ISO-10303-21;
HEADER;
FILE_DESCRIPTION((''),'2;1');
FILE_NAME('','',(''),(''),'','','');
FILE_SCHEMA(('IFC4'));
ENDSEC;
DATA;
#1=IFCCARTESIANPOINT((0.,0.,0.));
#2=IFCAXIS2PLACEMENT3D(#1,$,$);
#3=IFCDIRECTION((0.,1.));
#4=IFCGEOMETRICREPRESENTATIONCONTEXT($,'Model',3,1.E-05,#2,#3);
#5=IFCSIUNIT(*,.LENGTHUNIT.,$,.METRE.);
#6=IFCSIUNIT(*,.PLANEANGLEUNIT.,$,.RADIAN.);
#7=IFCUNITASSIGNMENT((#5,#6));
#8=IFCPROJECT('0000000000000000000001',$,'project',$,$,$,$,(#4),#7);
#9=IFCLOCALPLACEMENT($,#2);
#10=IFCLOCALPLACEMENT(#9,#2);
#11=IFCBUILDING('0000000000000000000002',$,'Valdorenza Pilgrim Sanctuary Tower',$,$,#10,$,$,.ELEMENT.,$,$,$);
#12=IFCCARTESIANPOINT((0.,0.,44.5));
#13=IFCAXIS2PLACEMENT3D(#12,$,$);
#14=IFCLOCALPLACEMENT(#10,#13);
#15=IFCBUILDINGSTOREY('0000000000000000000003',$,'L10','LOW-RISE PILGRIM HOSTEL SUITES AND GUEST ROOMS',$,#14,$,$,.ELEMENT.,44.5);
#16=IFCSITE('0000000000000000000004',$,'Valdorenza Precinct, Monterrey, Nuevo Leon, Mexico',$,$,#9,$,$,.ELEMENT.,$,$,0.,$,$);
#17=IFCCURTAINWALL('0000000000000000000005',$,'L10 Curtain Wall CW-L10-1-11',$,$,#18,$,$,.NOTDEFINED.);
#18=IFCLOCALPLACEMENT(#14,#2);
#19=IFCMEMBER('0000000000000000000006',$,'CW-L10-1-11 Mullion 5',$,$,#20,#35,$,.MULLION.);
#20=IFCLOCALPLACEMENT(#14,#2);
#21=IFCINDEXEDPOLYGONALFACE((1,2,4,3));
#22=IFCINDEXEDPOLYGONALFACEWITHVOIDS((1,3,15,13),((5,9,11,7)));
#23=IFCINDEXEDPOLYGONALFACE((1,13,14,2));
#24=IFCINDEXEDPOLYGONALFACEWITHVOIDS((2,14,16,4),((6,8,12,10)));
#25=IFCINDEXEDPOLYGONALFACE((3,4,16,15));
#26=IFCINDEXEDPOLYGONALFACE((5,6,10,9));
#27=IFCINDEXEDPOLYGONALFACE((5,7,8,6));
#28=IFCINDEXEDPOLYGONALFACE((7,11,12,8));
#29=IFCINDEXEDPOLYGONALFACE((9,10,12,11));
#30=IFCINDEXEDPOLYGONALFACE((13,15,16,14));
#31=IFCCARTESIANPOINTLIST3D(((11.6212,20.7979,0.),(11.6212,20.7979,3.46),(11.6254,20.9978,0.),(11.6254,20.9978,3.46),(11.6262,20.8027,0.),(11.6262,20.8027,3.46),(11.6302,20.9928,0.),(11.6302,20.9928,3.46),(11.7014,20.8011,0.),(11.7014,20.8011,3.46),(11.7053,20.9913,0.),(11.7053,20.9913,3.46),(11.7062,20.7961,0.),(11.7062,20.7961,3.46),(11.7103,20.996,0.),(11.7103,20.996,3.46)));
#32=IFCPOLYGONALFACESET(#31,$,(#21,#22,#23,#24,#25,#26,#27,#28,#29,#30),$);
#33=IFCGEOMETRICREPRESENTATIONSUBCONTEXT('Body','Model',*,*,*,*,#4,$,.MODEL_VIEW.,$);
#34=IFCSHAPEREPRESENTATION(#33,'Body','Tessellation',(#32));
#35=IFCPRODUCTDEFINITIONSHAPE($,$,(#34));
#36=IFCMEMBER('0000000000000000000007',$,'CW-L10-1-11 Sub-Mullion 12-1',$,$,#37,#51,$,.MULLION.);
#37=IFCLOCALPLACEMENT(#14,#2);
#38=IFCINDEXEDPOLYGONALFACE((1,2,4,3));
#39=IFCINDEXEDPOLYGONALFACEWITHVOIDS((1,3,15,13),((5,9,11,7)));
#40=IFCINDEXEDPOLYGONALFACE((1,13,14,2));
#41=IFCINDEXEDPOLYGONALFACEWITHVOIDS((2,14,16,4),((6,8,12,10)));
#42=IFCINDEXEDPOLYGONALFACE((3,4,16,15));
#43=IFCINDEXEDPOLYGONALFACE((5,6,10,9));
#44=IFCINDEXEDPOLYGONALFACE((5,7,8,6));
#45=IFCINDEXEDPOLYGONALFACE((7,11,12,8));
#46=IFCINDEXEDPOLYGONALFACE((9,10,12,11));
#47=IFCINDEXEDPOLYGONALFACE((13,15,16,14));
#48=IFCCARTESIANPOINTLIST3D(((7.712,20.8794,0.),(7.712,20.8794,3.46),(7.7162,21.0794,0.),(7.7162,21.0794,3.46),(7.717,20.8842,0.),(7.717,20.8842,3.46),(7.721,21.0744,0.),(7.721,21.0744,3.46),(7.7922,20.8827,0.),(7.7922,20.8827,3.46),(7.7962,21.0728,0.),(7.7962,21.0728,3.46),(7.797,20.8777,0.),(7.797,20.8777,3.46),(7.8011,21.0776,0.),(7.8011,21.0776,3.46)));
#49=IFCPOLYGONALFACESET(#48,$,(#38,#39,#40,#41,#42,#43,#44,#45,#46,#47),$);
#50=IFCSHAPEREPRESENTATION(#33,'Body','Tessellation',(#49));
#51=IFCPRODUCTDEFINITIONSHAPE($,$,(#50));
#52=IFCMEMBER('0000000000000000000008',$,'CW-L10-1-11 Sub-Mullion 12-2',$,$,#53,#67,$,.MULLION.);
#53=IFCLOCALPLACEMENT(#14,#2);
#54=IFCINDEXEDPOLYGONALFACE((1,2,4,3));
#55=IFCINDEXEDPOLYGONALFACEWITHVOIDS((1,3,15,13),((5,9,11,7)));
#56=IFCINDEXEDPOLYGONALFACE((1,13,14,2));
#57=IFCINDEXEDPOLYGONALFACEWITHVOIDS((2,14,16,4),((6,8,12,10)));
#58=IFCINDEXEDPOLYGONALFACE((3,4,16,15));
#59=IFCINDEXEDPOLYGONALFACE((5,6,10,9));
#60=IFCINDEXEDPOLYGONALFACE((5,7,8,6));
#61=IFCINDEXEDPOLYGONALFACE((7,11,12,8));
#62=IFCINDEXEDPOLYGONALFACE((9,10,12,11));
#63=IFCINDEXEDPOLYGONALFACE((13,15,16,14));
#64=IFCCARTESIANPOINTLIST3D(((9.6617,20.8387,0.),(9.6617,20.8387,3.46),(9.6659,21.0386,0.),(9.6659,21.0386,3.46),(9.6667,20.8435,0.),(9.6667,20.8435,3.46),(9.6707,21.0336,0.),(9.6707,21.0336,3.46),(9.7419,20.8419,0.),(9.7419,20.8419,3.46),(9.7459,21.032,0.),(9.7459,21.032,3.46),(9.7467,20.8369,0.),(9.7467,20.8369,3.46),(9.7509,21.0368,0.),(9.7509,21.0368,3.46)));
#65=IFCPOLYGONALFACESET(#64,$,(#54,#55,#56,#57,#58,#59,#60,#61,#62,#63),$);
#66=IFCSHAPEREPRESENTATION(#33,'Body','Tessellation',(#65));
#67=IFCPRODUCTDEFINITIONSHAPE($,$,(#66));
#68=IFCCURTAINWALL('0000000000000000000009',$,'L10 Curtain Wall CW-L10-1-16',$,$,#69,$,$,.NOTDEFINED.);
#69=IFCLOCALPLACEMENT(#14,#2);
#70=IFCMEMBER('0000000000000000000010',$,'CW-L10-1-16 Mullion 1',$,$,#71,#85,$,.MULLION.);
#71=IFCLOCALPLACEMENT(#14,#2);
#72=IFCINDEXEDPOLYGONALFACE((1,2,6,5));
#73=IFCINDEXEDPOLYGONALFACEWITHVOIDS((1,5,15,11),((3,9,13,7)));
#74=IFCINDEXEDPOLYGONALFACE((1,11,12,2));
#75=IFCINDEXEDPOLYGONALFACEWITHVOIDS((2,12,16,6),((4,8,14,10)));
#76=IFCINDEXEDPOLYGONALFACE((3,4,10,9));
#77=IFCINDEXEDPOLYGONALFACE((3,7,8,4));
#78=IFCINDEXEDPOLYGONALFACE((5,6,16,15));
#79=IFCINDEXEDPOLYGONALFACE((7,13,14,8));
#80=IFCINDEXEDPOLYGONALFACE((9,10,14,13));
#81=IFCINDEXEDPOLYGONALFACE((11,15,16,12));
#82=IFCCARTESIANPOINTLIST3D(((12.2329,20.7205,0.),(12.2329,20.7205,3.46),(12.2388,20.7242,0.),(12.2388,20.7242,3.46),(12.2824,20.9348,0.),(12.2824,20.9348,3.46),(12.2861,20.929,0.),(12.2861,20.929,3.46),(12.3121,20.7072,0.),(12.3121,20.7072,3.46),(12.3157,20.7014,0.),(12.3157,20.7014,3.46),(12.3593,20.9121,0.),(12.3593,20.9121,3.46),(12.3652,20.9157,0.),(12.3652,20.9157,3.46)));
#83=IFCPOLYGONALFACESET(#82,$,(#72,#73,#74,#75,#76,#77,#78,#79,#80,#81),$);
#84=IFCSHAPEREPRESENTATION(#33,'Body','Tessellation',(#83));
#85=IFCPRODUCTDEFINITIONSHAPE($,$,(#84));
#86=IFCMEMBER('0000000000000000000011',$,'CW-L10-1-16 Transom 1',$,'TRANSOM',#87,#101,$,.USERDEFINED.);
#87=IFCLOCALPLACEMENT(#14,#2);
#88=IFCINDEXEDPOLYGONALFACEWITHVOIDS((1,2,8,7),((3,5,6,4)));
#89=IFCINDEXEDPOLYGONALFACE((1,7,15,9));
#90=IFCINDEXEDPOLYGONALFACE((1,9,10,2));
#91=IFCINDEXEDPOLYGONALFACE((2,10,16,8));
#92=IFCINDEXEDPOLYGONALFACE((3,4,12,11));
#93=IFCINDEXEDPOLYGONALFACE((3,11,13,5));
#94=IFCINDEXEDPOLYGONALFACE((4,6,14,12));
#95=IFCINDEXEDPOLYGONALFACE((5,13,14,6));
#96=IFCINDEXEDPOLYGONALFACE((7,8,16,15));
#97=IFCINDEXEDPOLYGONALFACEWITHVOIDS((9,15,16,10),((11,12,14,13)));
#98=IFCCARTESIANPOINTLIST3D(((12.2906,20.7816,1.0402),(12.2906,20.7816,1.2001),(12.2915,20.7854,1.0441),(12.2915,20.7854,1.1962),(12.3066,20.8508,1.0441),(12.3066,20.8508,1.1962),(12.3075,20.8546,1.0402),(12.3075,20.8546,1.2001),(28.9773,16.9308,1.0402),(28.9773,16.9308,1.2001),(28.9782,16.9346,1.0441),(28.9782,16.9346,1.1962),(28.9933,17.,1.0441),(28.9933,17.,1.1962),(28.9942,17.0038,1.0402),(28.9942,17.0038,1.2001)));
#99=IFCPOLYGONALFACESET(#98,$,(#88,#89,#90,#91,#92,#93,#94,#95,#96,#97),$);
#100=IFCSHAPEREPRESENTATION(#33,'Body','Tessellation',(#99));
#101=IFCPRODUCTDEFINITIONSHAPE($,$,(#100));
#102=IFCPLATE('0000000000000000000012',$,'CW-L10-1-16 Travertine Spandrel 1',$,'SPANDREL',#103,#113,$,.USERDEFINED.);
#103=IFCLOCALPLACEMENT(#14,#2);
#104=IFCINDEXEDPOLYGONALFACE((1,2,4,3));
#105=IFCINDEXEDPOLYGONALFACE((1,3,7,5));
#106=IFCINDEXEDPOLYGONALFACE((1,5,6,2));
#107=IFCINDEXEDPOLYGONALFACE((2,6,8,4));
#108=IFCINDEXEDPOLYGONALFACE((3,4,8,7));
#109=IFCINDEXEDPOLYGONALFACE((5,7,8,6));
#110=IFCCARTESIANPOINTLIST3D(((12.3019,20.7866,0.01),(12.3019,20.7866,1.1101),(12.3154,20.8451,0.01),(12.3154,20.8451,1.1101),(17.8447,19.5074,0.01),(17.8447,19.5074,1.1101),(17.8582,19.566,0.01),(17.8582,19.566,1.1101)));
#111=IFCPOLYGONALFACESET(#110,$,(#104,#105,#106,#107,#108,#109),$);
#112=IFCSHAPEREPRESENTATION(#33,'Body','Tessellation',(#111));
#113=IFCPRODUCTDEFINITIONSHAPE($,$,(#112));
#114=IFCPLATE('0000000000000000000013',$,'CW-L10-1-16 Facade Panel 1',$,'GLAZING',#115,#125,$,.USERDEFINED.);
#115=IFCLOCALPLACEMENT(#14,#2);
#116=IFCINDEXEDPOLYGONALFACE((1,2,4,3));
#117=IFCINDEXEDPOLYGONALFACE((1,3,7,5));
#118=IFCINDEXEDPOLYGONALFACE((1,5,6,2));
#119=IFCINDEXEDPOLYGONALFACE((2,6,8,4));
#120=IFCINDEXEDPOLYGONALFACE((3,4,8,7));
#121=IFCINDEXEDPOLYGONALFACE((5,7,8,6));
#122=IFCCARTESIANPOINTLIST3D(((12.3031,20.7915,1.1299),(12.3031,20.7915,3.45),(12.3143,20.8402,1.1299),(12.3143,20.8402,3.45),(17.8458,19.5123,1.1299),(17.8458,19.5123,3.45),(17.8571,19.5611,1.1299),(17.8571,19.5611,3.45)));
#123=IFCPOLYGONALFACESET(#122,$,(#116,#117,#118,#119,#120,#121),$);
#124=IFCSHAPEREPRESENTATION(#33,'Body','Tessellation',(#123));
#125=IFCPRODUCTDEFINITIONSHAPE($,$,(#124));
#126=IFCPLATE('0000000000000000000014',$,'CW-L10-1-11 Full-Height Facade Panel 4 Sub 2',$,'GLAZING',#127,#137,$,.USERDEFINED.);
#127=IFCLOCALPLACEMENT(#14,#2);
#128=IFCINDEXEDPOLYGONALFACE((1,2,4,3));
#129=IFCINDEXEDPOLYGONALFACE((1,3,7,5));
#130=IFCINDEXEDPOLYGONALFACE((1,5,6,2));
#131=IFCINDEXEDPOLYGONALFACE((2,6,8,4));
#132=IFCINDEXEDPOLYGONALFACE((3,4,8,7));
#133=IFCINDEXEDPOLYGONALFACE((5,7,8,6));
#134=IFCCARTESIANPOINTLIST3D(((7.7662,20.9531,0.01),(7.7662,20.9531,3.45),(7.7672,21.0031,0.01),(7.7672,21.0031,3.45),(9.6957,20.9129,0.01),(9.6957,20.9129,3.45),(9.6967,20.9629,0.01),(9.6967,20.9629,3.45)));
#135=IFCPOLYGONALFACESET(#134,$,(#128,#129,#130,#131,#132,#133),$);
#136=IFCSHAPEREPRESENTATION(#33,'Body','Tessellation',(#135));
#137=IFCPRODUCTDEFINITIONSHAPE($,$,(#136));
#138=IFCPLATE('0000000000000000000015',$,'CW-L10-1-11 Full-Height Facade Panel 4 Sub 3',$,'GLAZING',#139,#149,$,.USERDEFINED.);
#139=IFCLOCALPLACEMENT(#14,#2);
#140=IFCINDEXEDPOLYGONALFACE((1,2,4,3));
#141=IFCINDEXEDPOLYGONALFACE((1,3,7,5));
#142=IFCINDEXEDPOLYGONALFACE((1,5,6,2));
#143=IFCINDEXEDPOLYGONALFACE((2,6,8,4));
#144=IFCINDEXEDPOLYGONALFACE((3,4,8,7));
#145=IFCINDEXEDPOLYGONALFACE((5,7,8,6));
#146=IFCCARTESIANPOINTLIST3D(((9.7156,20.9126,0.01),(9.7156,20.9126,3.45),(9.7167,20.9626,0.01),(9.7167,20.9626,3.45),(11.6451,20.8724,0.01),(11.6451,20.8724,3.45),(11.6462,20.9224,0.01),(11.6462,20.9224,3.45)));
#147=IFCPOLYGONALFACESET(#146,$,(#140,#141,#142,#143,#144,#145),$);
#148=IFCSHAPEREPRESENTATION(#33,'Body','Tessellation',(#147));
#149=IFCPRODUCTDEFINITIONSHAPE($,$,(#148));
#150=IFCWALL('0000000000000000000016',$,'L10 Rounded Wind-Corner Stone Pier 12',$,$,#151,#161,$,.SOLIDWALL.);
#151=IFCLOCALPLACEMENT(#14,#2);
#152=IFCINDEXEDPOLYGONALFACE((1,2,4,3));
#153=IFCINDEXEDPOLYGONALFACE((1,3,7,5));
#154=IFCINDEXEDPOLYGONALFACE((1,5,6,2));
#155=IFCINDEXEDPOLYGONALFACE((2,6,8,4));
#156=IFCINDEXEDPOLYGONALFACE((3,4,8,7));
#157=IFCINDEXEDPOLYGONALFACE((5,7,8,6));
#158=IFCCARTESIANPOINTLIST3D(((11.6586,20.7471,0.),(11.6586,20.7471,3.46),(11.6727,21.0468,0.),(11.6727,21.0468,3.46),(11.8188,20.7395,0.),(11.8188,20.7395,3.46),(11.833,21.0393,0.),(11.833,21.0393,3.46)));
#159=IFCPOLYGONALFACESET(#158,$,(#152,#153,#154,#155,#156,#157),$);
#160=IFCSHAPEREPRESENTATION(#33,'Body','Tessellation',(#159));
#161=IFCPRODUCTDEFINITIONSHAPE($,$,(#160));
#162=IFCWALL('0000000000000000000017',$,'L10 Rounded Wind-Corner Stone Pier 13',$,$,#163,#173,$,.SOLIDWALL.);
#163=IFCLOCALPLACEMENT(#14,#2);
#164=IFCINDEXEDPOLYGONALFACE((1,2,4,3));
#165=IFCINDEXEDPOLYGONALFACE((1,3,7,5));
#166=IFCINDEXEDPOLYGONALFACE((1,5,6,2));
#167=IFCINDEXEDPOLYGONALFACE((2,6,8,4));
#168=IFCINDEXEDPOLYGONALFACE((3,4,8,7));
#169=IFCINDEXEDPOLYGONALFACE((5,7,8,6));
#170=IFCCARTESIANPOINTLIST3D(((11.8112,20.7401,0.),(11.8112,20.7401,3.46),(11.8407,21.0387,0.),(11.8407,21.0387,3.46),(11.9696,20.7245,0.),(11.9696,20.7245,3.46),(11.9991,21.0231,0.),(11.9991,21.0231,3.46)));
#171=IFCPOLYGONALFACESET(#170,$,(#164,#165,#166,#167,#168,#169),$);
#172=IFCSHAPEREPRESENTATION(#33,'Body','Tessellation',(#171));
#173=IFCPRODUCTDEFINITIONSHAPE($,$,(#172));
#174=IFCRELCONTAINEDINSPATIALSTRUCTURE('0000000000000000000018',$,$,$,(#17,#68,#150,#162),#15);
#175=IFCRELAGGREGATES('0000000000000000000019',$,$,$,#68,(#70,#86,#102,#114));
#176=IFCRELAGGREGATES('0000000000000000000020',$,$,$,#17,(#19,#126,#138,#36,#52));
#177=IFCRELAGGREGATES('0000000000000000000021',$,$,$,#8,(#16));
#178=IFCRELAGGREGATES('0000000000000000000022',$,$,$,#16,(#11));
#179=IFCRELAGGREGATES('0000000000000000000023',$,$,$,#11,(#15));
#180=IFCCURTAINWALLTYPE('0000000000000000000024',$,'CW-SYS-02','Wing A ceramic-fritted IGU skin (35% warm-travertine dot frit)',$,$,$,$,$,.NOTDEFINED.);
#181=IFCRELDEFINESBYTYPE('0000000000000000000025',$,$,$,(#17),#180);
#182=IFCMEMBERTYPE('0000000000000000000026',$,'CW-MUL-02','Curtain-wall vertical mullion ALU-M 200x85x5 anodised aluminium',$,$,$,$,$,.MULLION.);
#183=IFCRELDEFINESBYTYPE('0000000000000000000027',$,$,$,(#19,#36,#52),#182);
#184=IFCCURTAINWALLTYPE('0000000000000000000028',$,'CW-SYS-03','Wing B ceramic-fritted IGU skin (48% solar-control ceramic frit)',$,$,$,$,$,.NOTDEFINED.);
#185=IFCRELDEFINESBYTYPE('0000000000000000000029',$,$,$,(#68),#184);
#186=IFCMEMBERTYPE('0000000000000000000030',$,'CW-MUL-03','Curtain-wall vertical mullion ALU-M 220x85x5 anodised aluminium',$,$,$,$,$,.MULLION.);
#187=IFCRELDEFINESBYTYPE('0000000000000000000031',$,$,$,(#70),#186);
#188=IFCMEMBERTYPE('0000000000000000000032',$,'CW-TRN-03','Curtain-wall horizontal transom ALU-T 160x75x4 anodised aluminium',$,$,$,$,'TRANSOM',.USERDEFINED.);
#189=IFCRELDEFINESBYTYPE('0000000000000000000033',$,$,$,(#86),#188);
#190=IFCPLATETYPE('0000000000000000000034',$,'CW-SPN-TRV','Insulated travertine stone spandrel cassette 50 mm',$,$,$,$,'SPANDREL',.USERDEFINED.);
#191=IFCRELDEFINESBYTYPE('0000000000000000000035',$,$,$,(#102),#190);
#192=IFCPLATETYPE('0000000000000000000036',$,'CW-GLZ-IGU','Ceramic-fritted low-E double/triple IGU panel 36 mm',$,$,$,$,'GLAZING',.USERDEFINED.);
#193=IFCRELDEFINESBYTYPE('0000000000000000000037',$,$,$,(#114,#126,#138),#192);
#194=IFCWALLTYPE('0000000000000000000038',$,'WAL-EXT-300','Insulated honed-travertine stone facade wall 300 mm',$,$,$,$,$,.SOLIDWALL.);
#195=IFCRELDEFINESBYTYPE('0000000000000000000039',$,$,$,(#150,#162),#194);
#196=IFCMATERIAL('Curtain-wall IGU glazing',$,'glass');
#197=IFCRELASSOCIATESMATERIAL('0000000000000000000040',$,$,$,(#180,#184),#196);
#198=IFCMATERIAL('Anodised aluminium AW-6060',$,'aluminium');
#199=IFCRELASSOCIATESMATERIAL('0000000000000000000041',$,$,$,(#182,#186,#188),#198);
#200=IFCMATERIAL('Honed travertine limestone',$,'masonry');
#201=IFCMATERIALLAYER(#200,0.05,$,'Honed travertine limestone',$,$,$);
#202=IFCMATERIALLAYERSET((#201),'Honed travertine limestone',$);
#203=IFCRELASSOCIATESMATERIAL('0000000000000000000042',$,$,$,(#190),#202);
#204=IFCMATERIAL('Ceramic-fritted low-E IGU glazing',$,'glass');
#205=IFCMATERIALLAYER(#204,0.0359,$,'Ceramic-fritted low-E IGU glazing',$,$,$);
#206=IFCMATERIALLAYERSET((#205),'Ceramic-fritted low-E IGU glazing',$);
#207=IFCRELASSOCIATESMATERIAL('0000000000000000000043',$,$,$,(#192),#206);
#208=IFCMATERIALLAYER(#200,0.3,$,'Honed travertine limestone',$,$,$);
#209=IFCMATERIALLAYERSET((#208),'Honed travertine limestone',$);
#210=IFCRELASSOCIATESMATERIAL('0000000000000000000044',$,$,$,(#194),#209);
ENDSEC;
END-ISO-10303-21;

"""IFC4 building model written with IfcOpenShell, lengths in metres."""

from ifc_helpers import new_model, si_unit, direction, frame, frame_2d, origin, origin_2d, place, context, subcontext, project, spatial, rectangle, hollow_rectangle, extrude, source, transform, mapped, material, layer, layer_set, material_profile, profile_set, type_object, element, aggregate, save


model = new_model("IFC4")

# Units and contexts
model_context = context("Model", 3, precision=1e-05, world=origin(), true_north=direction((0.0, 1.0)))
body_context = subcontext(model_context, "Body", "Model", "MODEL_VIEW")
ifc_project = project(units=[si_unit("LENGTHUNIT", "METRE"), si_unit("PLANEANGLEUNIT", "RADIAN")], contexts=[model_context])

# Site, building, storey
site_placement = place(None, origin())
site = spatial("IfcSite", under=ifc_project, at=site_placement, Name="Valdorenza Precinct, Monterrey, Nuevo Leon, Mexico", CompositionType="ELEMENT", RefElevation=0.0)
building_placement = place(site_placement, origin())
building = spatial("IfcBuilding", under=site, at=building_placement, Name="Valdorenza Pilgrim Sanctuary Tower", CompositionType="ELEMENT")
storey_placement = place(building_placement, frame((0.0, 0.0, 44.5)))
storey = spatial("IfcBuildingStorey", under=building, at=storey_placement, Name="L10", Description="LOW-RISE PILGRIM HOSTEL SUITES AND GUEST ROOMS", CompositionType="ELEMENT", Elevation=44.5)

# Curtain wall, members
ifc_material_1 = material(Name="Curtain-wall IGU glazing", Category="glass")
curtain_wall_type_1 = type_object("IfcCurtainWallType", Name="CW-SYS-02", Description="Wing A ceramic-fritted IGU skin (35% warm-travertine dot frit)", PredefinedType="NOTDEFINED", material=ifc_material_1)
curtain_wall_1_placement = place(storey_placement, origin())
curtain_wall_1 = element("IfcCurtainWall", 1, at=curtain_wall_1_placement, inside=storey, type_object=curtain_wall_type_1, Name="L10 Curtain Wall CW-L10-1-11", PredefinedType="NOTDEFINED")
ifc_material_2 = material(Name="Anodised aluminium AW-6060", Category="aluminium")
ifc_material_profile_1 = material_profile(ifc_material_2, hollow_rectangle(XDim=0.085, YDim=0.2, WallThickness=0.0049, at=origin_2d()), Name="ALU-M 200x85x5")
ifc_profile_set_1 = profile_set([ifc_material_profile_1], Name="Anodised aluminium AW-6060")
member_type_1 = type_object("IfcMemberType", Name="CW-MUL-02", Description="Curtain-wall vertical mullion ALU-M 200x85x5 anodised aluminium", PredefinedType="MULLION", material=ifc_profile_set_1)
shared_shape_1 = source(origin(), body_context, "Body", "SweptSolid", [
    extrude(hollow_rectangle(XDim=0.085, YDim=0.2, WallThickness=0.0049, at=origin_2d()), origin(), (0.0, 0.0, 1.0), 3.46),
])
member_1_placement = place(storey_placement, frame((11.6658, 20.897, 0.0), z_axis=(0.0, 0.0, 1.0), x_axis=(0.999783, -0.02082, 0.0)))
member_1 = element("IfcMember", 2, at=member_1_placement, type_object=member_type_1, Name="CW-L10-1-11 Mullion 5", PredefinedType="MULLION", context=body_context, shape_type="MappedRepresentation", body=[
    mapped(shared_shape_1, transform((0.0, 0.0, 0.0), x_axis=(1.0, 0.0, 0.0), y_axis=(0.0, 1.0, 0.0), z_axis=(0.0, 0.0, 1.0), scale=1.0)),
])
member_2_placement = place(storey_placement, frame((7.7566, 20.9785, 0.0), z_axis=(0.0, 0.0, 1.0), x_axis=(0.999783, -0.02082, 0.0)))
member_2 = element("IfcMember", 3, at=member_2_placement, type_object=member_type_1, Name="CW-L10-1-11 Sub-Mullion 12-1", PredefinedType="MULLION", context=body_context, shape_type="MappedRepresentation", body=[
    mapped(shared_shape_1, transform((0.0, 0.0, 0.0), x_axis=(1.0, 0.0, 0.0), y_axis=(0.0, 1.0, 0.0), z_axis=(0.0, 0.0, 1.0), scale=1.0)),
])
member_3_placement = place(storey_placement, frame((9.7063, 20.9377, 0.0), z_axis=(0.0, 0.0, 1.0), x_axis=(0.999783, -0.02082, 0.0)))
member_3 = element("IfcMember", 4, at=member_3_placement, type_object=member_type_1, Name="CW-L10-1-11 Sub-Mullion 12-2", PredefinedType="MULLION", context=body_context, shape_type="MappedRepresentation", body=[
    mapped(shared_shape_1, transform((0.0, 0.0, 0.0), x_axis=(1.0, 0.0, 0.0), y_axis=(0.0, 1.0, 0.0), z_axis=(0.0, 0.0, 1.0), scale=1.0)),
])

# Curtain wall, members, plates
curtain_wall_type_2 = type_object("IfcCurtainWallType", Name="CW-SYS-03", Description="Wing B ceramic-fritted IGU skin (48% solar-control ceramic frit)", PredefinedType="NOTDEFINED", material=ifc_material_1)
curtain_wall_2_placement = place(storey_placement, origin())
curtain_wall_2 = element("IfcCurtainWall", 5, at=curtain_wall_2_placement, inside=storey, type_object=curtain_wall_type_2, Name="L10 Curtain Wall CW-L10-1-16", PredefinedType="NOTDEFINED")
ifc_material_profile_2 = material_profile(ifc_material_2, hollow_rectangle(XDim=0.085, YDim=0.22, WallThickness=0.0049, at=origin_2d()), Name="ALU-M 220x85x5")
ifc_profile_set_2 = profile_set([ifc_material_profile_2], Name="Anodised aluminium AW-6060")
member_type_2 = type_object("IfcMemberType", Name="CW-MUL-03", Description="Curtain-wall vertical mullion ALU-M 220x85x5 anodised aluminium", PredefinedType="MULLION", material=ifc_profile_set_2)
shared_shape_2 = source(origin(), body_context, "Body", "SweptSolid", [
    extrude(hollow_rectangle(XDim=0.085, YDim=0.22, WallThickness=0.0049, at=origin_2d()), origin(), (0.0, 0.0, 1.0), 3.46),
])
member_4_placement = place(storey_placement, frame((12.2991, 20.8181, 0.0), z_axis=(0.0, 0.0, 1.0), x_axis=(0.97439, -0.224866, 0.0)))
member_4 = element("IfcMember", 6, at=member_4_placement, type_object=member_type_2, Name="CW-L10-1-16 Mullion 1", PredefinedType="MULLION", context=body_context, shape_type="MappedRepresentation", body=[
    mapped(shared_shape_2, transform((0.0, 0.0, 0.0), x_axis=(1.0, 0.0, 0.0), y_axis=(0.0, 1.0, 0.0), z_axis=(0.0, 0.0, 1.0), scale=1.0)),
])
ifc_material_profile_3 = material_profile(ifc_material_2, hollow_rectangle(XDim=0.075, YDim=0.1599, WallThickness=0.0039, at=origin_2d()), Name="ALU-T 160x75x4")
ifc_profile_set_3 = profile_set([ifc_material_profile_3], Name="Anodised aluminium AW-6060")
member_type_3 = type_object("IfcMemberType", Name="CW-TRN-03", Description="Curtain-wall horizontal transom ALU-T 160x75x4 anodised aluminium", ElementType="TRANSOM", PredefinedType="USERDEFINED", material=ifc_profile_set_3)
shared_shape_3 = source(origin(), body_context, "Body", "SweptSolid", [
    extrude(hollow_rectangle(XDim=0.075, YDim=0.1599, WallThickness=0.0039, at=origin_2d()), origin(), (0.0, 0.0, 1.0), 17.1252),
])
member_5_placement = place(storey_placement, frame((12.2991, 20.8181, 1.1201), z_axis=(0.974391, -0.224862, 0.0), x_axis=(0.224862, 0.974391, 0.0)))
member_5 = element("IfcMember", 7, at=member_5_placement, type_object=member_type_3, Name="CW-L10-1-16 Transom 1", ObjectType="TRANSOM", PredefinedType="USERDEFINED", context=body_context, shape_type="MappedRepresentation", body=[
    mapped(shared_shape_3, transform((0.0, 0.0, 0.0), x_axis=(1.0, 0.0, 0.0), y_axis=(0.0, 1.0, 0.0), z_axis=(0.0, 0.0, 1.0), scale=1.0)),
])
ifc_material_3 = material(Name="Honed travertine limestone", Category="masonry")
ifc_layer_1 = layer(ifc_material_3, 0.05, Name="Honed travertine limestone")
ifc_layer_set_1 = layer_set([ifc_layer_1], Name="Honed travertine limestone")
plate_type_1 = type_object("IfcPlateType", Name="CW-SPN-TRV", Description="Insulated travertine stone spandrel cassette 50 mm", ElementType="SPANDREL", PredefinedType="USERDEFINED", material=ifc_layer_set_1)
shared_shape_4 = source(origin(), body_context, "Body", "SweptSolid", [
    extrude(rectangle(XDim=5.6885, YDim=0.0601, at=origin_2d()), origin(), (0.0, 0.0, 1.0), 1.1001),
])
plate_1_placement = place(storey_placement, frame((15.0801, 20.1763, 0.01), z_axis=(0.0, 0.0, 1.0), x_axis=(0.97439, -0.224866, 0.0)))
plate_1 = element("IfcPlate", 8, at=plate_1_placement, type_object=plate_type_1, Name="CW-L10-1-16 Travertine Spandrel 1", ObjectType="SPANDREL", PredefinedType="USERDEFINED", context=body_context, shape_type="MappedRepresentation", body=[
    mapped(shared_shape_4, transform((0.0, 0.0, 0.0), x_axis=(1.0, 0.0, 0.0), y_axis=(0.0, 1.0, 0.0), z_axis=(0.0, 0.0, 1.0), scale=1.0)),
])
ifc_material_4 = material(Name="Ceramic-fritted low-E IGU glazing", Category="glass")
ifc_layer_2 = layer(ifc_material_4, 0.0359, Name="Ceramic-fritted low-E IGU glazing")
ifc_layer_set_2 = layer_set([ifc_layer_2], Name="Ceramic-fritted low-E IGU glazing")
plate_type_2 = type_object("IfcPlateType", Name="CW-GLZ-IGU", Description="Ceramic-fritted low-E double/triple IGU panel 36 mm", ElementType="GLAZING", PredefinedType="USERDEFINED", material=ifc_layer_set_2)
shared_shape_5 = source(origin(), body_context, "Body", "SweptSolid", [
    extrude(rectangle(XDim=5.6885, YDim=0.05, at=origin_2d()), origin(), (0.0, 0.0, 1.0), 2.3201),
])
plate_2_placement = place(storey_placement, frame((15.0801, 20.1763, 1.1299), z_axis=(0.0, 0.0, 1.0), x_axis=(0.97439, -0.224866, 0.0)))
plate_2 = element("IfcPlate", 9, at=plate_2_placement, type_object=plate_type_2, Name="CW-L10-1-16 Facade Panel 1", ObjectType="GLAZING", PredefinedType="USERDEFINED", context=body_context, shape_type="MappedRepresentation", body=[
    mapped(shared_shape_5, transform((0.0, 0.0, 0.0), x_axis=(1.0, 0.0, 0.0), y_axis=(0.0, 1.0, 0.0), z_axis=(0.0, 0.0, 1.0), scale=1.0)),
])
aggregate(curtain_wall_2, [member_4, member_5, plate_1, plate_2])

# Plates
shared_shape_6 = source(origin(), body_context, "Body", "SweptSolid", [
    extrude(rectangle(XDim=1.9299, YDim=0.05, at=origin_2d()), origin(), (0.0, 0.0, 1.0), 3.4399),
])
plate_3_placement = place(storey_placement, frame((8.7314, 20.958, 0.01), z_axis=(0.0, 0.0, 1.0), x_axis=(0.999783, -0.02082, 0.0)))
plate_3 = element("IfcPlate", 10, at=plate_3_placement, type_object=plate_type_2, Name="CW-L10-1-11 Full-Height Facade Panel 4 Sub 2", ObjectType="GLAZING", PredefinedType="USERDEFINED", context=body_context, shape_type="MappedRepresentation", body=[
    mapped(shared_shape_6, transform((0.0, 0.0, 0.0), x_axis=(1.0, 0.0, 0.0), y_axis=(0.0, 1.0, 0.0), z_axis=(0.0, 0.0, 1.0), scale=1.0)),
])
plate_4_placement = place(storey_placement, frame((10.6809, 20.9175, 0.01), z_axis=(0.0, 0.0, 1.0), x_axis=(0.999783, -0.02082, 0.0)))
plate_4 = element("IfcPlate", 11, at=plate_4_placement, type_object=plate_type_2, Name="CW-L10-1-11 Full-Height Facade Panel 4 Sub 3", ObjectType="GLAZING", PredefinedType="USERDEFINED", context=body_context, shape_type="MappedRepresentation", body=[
    mapped(shared_shape_6, transform((0.0, 0.0, 0.0), x_axis=(1.0, 0.0, 0.0), y_axis=(0.0, 1.0, 0.0), z_axis=(0.0, 0.0, 1.0), scale=1.0)),
])
aggregate(curtain_wall_1, [member_1, plate_3, plate_4, member_2, member_3])

# Walls
ifc_layer_3 = layer(ifc_material_3, 0.3, Name="Honed travertine limestone")
ifc_layer_set_3 = layer_set([ifc_layer_3], Name="Honed travertine limestone")
wall_type_1 = type_object("IfcWallType", Name="WAL-EXT-300", Description="Insulated honed-travertine stone facade wall 300 mm", PredefinedType="SOLIDWALL", material=ifc_layer_set_3)
wall_1_placement = place(storey_placement, frame((11.6658, 20.897, 0.0), z_axis=(0.0, 0.0, 1.0), x_axis=(0.998885, -0.047203, 0.0)))
element("IfcWall", 12, at=wall_1_placement, inside=storey, type_object=wall_type_1, Name="L10 Rounded Wind-Corner Stone Pier 12", PredefinedType="SOLIDWALL", context=body_context, shape_type="SweptSolid", body=[
    extrude(rectangle(XDim=0.1604, YDim=0.3, at=frame_2d((0.0801, 0.0))), origin(), (0.0, 0.0, 1.0), 3.46),
])
wall_2_placement = place(storey_placement, frame((11.8259, 20.8894, 0.0), z_axis=(0.0, 0.0, 1.0), x_axis=(0.995173, -0.098137, 0.0)))
element("IfcWall", 13, at=wall_2_placement, inside=storey, type_object=wall_type_1, Name="L10 Rounded Wind-Corner Stone Pier 13", PredefinedType="SOLIDWALL", context=body_context, shape_type="SweptSolid", body=[
    extrude(rectangle(XDim=0.1592, YDim=0.3, at=frame_2d((0.0796, 0.0))), origin(), (0.0, 0.0, 1.0), 3.46),
])

save(model, "model.ifc")
